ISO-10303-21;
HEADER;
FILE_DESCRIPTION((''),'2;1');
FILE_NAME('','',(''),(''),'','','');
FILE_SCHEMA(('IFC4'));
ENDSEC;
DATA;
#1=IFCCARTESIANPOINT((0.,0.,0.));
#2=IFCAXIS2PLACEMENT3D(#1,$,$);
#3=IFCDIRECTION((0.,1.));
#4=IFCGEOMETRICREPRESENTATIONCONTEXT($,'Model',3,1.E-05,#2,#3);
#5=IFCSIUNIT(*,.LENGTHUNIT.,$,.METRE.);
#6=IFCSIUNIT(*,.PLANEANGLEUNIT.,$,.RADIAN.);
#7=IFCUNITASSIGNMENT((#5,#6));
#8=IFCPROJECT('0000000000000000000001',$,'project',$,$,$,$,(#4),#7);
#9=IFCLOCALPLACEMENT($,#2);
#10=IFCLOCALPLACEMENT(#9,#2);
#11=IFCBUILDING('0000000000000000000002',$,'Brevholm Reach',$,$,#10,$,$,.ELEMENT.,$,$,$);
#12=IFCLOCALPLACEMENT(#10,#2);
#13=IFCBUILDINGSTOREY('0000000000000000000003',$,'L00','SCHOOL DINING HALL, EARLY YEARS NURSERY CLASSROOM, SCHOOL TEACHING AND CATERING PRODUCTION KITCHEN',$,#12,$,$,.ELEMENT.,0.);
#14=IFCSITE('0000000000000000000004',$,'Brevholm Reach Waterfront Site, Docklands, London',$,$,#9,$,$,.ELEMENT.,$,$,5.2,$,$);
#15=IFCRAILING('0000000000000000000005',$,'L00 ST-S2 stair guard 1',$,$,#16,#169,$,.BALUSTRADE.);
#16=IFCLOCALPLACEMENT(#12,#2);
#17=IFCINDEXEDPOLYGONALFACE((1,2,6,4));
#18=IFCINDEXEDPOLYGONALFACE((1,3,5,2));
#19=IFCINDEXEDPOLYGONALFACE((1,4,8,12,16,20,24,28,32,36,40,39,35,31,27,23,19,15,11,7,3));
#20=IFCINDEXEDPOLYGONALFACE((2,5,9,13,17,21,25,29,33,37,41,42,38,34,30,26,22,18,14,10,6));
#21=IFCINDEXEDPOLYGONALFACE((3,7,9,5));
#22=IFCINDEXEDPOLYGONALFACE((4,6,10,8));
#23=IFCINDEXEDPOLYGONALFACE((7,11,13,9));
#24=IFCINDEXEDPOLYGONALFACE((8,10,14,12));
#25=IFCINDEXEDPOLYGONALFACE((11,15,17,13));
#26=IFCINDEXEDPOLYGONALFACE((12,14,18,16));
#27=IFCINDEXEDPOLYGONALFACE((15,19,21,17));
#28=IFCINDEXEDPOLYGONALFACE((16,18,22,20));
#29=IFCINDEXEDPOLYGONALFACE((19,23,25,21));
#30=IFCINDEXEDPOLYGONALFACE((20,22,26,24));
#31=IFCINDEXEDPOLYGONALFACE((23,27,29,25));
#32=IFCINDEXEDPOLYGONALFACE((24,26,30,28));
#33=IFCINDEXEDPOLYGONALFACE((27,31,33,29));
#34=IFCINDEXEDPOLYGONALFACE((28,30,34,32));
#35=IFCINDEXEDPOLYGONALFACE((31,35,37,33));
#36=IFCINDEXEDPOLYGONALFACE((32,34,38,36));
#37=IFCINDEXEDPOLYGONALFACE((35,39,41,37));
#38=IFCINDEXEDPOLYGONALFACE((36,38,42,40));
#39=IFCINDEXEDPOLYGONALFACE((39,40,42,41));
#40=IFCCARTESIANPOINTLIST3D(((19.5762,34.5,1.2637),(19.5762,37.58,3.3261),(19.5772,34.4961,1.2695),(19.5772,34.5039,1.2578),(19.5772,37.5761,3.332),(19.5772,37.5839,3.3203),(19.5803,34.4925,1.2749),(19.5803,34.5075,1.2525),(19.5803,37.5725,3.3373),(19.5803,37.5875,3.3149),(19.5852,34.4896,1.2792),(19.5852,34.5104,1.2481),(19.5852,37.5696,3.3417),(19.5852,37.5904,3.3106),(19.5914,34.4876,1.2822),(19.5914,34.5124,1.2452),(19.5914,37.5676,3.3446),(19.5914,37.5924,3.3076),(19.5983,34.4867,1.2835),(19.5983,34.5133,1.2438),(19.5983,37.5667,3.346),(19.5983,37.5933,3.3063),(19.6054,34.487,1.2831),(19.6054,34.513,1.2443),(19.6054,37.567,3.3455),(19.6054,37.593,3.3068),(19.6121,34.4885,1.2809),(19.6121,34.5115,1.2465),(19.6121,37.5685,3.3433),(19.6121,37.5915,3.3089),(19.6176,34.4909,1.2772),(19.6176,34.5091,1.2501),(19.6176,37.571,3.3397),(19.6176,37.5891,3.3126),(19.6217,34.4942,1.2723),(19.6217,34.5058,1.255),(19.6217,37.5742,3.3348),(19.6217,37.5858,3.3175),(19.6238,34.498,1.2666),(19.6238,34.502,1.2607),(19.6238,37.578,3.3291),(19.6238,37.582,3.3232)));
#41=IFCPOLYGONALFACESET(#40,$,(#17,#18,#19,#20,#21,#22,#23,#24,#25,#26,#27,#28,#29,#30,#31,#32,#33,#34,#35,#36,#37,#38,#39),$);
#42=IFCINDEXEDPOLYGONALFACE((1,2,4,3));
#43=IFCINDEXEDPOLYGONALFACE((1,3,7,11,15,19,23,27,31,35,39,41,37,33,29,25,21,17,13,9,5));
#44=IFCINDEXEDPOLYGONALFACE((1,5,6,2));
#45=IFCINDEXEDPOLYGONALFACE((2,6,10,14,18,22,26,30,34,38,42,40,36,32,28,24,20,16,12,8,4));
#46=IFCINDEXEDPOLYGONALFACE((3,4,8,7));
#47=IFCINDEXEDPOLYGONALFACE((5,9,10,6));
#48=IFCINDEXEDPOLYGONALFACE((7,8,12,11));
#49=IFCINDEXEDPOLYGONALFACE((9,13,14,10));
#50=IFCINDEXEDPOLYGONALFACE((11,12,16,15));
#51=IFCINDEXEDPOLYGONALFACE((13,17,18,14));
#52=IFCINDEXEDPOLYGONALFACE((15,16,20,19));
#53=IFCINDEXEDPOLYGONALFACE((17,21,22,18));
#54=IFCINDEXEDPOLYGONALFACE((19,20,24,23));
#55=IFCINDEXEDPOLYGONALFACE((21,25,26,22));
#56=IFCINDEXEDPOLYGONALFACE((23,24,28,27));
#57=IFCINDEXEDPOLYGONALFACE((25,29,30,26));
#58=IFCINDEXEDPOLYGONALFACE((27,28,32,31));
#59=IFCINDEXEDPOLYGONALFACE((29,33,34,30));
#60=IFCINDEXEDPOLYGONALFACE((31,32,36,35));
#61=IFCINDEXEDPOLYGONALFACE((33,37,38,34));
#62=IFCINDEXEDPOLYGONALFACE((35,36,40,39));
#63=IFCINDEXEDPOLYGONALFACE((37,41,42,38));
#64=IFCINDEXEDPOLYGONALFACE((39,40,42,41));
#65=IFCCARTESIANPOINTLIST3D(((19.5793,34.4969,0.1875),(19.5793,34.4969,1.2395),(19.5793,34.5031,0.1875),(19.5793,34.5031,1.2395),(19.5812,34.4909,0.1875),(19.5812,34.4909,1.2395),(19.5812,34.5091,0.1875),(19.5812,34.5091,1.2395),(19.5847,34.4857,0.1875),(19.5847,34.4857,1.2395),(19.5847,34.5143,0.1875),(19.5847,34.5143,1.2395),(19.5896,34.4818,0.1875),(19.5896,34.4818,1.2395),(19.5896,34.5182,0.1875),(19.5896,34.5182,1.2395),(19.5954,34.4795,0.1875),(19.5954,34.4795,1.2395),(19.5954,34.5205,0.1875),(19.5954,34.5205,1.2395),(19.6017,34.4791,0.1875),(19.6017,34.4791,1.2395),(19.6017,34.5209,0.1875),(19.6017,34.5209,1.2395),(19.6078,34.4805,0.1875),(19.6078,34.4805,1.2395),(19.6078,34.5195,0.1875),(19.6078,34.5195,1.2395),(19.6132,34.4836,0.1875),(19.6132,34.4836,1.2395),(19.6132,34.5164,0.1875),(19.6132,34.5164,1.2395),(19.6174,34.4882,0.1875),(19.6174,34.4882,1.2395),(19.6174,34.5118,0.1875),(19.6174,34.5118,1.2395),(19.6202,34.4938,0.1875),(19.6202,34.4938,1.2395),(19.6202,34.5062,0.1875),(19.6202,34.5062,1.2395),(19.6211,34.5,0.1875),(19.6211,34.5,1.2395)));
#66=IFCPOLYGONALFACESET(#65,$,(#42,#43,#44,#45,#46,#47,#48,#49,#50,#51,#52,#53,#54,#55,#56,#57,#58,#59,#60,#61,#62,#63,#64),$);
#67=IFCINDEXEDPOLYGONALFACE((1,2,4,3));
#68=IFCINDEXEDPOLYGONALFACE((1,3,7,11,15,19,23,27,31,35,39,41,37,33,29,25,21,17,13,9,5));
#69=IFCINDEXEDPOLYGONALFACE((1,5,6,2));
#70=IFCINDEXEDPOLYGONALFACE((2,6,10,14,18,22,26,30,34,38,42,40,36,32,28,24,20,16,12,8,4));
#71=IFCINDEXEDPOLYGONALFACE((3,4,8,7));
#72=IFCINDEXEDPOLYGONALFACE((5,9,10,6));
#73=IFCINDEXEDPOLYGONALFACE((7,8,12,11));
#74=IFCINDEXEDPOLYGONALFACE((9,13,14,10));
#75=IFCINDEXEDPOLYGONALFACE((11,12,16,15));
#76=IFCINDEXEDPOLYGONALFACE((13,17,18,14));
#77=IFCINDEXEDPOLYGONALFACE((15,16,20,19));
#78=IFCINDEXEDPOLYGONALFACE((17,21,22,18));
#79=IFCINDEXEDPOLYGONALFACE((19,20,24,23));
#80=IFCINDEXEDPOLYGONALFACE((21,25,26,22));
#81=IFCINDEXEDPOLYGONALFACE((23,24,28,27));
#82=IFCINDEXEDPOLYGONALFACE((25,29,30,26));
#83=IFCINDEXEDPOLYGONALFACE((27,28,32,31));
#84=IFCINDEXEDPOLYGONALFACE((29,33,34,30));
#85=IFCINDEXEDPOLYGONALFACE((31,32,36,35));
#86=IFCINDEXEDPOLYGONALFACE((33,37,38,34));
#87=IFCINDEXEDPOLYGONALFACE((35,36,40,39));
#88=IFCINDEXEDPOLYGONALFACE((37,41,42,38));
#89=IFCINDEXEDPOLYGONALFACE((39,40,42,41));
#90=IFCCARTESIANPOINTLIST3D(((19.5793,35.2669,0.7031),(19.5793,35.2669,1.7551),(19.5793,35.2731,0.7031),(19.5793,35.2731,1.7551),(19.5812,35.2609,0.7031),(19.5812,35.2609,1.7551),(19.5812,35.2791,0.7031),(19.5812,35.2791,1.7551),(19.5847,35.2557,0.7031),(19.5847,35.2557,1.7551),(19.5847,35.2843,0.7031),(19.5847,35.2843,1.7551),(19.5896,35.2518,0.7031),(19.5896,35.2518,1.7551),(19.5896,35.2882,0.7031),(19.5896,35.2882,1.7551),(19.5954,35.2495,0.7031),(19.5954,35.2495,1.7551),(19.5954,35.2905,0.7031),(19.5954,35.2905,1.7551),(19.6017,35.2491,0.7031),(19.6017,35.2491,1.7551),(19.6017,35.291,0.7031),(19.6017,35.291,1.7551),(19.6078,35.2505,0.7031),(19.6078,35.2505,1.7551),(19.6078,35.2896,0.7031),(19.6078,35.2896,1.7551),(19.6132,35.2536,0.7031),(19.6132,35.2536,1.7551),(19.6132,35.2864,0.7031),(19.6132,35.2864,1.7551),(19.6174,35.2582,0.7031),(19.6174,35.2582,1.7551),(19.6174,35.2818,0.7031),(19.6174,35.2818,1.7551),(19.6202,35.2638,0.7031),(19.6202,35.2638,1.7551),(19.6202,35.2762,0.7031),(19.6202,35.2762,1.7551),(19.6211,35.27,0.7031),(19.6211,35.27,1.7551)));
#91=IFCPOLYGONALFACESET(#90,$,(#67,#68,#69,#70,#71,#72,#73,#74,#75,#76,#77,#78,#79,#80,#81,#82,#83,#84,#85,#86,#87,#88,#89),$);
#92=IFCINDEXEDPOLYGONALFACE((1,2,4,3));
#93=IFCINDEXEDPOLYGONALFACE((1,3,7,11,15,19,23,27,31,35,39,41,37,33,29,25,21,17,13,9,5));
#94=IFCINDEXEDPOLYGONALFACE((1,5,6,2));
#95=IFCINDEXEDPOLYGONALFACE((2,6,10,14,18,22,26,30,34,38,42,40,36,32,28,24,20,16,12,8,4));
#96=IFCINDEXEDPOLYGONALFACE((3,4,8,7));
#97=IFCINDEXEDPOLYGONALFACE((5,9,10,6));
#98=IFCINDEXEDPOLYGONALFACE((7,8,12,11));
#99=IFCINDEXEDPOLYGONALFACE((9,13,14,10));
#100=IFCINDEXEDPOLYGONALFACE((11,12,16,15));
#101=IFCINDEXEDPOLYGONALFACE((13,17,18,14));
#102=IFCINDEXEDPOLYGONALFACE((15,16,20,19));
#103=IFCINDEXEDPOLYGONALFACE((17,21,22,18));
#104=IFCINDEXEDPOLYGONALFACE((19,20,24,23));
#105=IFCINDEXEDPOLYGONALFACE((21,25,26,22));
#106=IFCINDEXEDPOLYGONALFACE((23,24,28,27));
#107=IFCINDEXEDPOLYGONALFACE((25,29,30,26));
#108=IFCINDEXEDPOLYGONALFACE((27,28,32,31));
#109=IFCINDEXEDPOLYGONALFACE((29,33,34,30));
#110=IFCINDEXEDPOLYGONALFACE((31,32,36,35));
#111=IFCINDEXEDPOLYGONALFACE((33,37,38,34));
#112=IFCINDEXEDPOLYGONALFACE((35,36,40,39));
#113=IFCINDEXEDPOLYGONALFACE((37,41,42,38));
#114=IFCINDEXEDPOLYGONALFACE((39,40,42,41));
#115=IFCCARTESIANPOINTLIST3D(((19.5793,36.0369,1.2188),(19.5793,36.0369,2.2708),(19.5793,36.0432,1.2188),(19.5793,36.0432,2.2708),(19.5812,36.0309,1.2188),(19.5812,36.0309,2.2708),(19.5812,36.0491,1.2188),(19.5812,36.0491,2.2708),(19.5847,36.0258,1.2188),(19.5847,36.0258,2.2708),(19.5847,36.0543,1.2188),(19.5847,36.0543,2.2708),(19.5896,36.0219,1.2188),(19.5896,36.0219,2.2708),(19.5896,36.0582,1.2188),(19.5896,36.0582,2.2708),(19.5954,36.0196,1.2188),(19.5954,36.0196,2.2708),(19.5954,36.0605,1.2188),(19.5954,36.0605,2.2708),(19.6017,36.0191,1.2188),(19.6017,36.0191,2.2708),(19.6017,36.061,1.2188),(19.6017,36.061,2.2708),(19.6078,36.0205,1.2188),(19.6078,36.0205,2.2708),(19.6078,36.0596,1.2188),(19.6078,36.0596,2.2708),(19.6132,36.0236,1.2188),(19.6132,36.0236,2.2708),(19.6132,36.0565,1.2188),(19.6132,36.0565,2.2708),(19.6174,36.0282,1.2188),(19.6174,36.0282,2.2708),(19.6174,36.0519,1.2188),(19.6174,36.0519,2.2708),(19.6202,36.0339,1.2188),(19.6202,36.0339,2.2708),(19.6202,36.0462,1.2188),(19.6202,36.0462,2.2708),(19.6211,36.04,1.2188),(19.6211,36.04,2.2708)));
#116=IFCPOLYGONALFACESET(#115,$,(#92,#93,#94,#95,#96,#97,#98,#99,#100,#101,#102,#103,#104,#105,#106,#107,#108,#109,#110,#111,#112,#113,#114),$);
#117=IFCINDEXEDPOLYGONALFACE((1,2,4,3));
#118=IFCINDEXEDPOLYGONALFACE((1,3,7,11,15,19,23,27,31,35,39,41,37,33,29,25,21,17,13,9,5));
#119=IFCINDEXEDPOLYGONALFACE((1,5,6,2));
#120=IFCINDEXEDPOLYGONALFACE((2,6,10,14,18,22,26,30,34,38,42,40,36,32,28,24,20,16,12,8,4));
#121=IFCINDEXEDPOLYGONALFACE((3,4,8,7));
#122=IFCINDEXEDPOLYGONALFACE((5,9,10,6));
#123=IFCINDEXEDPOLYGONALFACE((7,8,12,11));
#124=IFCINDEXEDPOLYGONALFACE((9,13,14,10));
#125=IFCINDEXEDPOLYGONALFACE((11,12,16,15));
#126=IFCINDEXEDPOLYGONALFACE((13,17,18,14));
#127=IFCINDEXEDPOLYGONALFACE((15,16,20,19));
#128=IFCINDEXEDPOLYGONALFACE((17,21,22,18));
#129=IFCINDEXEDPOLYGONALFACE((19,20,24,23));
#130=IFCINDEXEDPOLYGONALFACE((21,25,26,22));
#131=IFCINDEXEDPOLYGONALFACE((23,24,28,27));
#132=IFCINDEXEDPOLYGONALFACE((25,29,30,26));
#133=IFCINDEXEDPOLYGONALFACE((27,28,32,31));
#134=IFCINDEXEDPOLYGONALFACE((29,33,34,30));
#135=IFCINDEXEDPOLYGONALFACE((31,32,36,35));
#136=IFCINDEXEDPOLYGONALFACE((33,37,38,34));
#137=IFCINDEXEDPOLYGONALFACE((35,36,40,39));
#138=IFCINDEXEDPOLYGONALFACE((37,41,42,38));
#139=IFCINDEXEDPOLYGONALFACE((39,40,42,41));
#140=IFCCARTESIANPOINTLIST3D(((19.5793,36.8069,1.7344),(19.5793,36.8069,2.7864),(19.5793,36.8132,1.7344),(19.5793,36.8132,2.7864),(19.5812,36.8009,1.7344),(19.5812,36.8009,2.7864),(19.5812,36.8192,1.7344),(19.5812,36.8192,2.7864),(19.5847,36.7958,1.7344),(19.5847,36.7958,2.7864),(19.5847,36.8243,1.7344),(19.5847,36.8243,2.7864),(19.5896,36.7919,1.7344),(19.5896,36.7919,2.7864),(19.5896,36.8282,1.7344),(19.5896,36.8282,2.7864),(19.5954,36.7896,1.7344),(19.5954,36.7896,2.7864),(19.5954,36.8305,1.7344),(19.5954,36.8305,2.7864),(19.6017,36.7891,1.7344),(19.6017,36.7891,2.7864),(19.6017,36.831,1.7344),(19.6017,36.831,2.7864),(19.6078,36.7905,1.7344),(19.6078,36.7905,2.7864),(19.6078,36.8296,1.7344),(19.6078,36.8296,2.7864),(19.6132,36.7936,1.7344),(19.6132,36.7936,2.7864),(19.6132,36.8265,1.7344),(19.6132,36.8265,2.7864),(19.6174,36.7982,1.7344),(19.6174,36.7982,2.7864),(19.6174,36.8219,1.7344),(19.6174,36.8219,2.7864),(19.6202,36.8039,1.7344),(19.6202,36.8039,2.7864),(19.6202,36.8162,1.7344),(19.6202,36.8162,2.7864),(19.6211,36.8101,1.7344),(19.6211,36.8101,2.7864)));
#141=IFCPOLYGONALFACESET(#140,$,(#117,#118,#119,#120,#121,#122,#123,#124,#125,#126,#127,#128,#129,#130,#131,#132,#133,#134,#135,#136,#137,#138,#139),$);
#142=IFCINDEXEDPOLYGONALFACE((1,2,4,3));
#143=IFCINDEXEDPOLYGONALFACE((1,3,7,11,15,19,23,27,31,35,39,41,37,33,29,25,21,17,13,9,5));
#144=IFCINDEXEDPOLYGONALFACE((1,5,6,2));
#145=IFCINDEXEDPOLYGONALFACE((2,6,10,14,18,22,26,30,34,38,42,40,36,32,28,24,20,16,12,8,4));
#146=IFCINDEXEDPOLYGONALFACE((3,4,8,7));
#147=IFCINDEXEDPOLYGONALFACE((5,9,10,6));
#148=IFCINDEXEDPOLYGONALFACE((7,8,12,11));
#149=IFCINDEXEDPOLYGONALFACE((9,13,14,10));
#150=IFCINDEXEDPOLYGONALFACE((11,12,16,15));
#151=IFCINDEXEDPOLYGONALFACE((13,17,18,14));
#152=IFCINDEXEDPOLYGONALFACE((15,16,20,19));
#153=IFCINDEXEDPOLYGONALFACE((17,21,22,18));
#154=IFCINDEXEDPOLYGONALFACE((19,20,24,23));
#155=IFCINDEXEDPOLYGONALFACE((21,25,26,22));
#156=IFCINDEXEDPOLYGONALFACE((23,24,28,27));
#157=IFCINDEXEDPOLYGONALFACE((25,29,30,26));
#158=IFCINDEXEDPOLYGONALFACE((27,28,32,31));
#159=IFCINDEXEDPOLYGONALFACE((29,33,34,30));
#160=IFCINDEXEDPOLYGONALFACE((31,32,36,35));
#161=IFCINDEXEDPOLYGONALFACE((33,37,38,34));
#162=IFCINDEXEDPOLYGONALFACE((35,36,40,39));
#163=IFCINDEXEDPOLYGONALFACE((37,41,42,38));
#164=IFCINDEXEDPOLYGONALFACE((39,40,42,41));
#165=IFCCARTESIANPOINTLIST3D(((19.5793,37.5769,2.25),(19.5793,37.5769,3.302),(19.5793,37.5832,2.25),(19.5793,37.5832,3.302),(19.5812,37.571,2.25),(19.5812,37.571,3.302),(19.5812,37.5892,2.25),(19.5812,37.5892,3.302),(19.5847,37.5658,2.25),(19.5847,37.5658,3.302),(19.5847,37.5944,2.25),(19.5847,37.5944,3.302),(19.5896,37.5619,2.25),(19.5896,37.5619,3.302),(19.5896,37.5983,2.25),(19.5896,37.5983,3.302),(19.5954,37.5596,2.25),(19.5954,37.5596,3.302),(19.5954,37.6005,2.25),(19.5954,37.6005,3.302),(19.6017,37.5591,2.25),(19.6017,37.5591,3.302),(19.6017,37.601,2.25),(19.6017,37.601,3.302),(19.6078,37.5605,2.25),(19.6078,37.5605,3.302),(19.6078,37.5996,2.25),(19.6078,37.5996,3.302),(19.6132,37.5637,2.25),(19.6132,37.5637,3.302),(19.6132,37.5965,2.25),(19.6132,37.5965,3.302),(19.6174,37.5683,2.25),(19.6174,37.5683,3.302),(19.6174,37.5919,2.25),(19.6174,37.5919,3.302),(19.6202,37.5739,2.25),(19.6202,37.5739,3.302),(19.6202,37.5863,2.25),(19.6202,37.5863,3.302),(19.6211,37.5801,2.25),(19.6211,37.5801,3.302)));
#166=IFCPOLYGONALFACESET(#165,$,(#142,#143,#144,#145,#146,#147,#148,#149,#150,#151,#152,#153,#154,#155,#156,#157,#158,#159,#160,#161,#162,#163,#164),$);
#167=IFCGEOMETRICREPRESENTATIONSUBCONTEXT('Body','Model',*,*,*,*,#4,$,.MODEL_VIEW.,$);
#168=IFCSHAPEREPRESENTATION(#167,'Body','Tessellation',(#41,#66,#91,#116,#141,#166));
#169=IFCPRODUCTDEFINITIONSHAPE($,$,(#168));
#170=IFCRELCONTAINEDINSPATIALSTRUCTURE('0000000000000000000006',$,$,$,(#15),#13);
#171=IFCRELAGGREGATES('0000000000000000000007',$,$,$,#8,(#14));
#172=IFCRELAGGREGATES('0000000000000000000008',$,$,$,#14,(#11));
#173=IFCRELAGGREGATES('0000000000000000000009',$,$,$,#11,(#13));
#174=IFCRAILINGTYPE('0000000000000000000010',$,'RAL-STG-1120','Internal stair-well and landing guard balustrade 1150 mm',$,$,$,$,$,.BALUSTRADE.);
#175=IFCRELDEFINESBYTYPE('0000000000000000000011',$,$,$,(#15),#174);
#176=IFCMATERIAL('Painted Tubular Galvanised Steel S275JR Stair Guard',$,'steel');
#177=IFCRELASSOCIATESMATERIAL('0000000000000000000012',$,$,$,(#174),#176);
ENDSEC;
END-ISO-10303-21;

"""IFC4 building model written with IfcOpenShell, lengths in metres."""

from ifc_helpers import new_model, si_unit, direction, frame, origin, origin_2d, place, context, subcontext, project, spatial, circle, extrude, material, type_object, element, save


model = new_model("IFC4")

# Units and contexts
model_context = context("Model", 3, precision=1e-05, world=origin(), true_north=direction((0.0, 1.0)))
body_context = subcontext(model_context, "Body", "Model", "MODEL_VIEW")
ifc_project = project(units=[si_unit("LENGTHUNIT", "METRE"), si_unit("PLANEANGLEUNIT", "RADIAN")], contexts=[model_context])

# Site, building, storey
site_placement = place(None, origin())
site = spatial("IfcSite", under=ifc_project, at=site_placement, Name="Brevholm Reach Waterfront Site, Docklands, London", CompositionType="ELEMENT", RefElevation=5.2)
building_placement = place(site_placement, origin())
building = spatial("IfcBuilding", under=site, at=building_placement, Name="Brevholm Reach", CompositionType="ELEMENT")
storey_placement = place(building_placement, origin())
storey = spatial("IfcBuildingStorey", under=building, at=storey_placement, Name="L00", Description="SCHOOL DINING HALL, EARLY YEARS NURSERY CLASSROOM, SCHOOL TEACHING AND CATERING PRODUCTION KITCHEN", CompositionType="ELEMENT", Elevation=0.0)

# Railing
ifc_material_1 = material(Name="Painted Tubular Galvanised Steel S275JR Stair Guard", Category="steel")
railing_type_1 = type_object("IfcRailingType", Name="RAL-STG-1120", Description="Internal stair-well and landing guard balustrade 1150 mm", PredefinedType="BALUSTRADE", material=ifc_material_1)
railing_1_placement = place(storey_placement, frame((19.6001, 34.5, 0.1875)))
element("IfcRailing", 1, at=railing_1_placement, inside=storey, type_object=railing_type_1, Name="L00 ST-S2 stair guard 1", PredefinedType="BALUSTRADE", context=body_context, shape_type="SweptSolid", body=[
    extrude(circle(Radius=0.0239, at=origin_2d()), frame((0.0, 0.0, 1.0762), z_axis=(0.0, 0.830914, 0.556401), x_axis=(-1.0, 0.0, 0.0)), (0.0, 0.0, 1.0), 3.7068),
    extrude(circle(Radius=0.021, at=origin_2d()), origin(), (0.0, 0.0, 1.0), 1.052),
    extrude(circle(Radius=0.021, at=origin_2d()), frame((0.0, 0.77, 0.5156)), (0.0, 0.0, 1.0), 1.052),
    extrude(circle(Radius=0.021, at=origin_2d()), frame((0.0, 1.54, 1.0312)), (0.0, 0.0, 1.0), 1.052),
    extrude(circle(Radius=0.021, at=origin_2d()), frame((0.0, 2.3101, 1.5469)), (0.0, 0.0, 1.0), 1.052),
    extrude(circle(Radius=0.021, at=origin_2d()), frame((0.0, 3.0801, 2.0625)), (0.0, 0.0, 1.0), 1.052),
])

save(model, "model.ifc")
